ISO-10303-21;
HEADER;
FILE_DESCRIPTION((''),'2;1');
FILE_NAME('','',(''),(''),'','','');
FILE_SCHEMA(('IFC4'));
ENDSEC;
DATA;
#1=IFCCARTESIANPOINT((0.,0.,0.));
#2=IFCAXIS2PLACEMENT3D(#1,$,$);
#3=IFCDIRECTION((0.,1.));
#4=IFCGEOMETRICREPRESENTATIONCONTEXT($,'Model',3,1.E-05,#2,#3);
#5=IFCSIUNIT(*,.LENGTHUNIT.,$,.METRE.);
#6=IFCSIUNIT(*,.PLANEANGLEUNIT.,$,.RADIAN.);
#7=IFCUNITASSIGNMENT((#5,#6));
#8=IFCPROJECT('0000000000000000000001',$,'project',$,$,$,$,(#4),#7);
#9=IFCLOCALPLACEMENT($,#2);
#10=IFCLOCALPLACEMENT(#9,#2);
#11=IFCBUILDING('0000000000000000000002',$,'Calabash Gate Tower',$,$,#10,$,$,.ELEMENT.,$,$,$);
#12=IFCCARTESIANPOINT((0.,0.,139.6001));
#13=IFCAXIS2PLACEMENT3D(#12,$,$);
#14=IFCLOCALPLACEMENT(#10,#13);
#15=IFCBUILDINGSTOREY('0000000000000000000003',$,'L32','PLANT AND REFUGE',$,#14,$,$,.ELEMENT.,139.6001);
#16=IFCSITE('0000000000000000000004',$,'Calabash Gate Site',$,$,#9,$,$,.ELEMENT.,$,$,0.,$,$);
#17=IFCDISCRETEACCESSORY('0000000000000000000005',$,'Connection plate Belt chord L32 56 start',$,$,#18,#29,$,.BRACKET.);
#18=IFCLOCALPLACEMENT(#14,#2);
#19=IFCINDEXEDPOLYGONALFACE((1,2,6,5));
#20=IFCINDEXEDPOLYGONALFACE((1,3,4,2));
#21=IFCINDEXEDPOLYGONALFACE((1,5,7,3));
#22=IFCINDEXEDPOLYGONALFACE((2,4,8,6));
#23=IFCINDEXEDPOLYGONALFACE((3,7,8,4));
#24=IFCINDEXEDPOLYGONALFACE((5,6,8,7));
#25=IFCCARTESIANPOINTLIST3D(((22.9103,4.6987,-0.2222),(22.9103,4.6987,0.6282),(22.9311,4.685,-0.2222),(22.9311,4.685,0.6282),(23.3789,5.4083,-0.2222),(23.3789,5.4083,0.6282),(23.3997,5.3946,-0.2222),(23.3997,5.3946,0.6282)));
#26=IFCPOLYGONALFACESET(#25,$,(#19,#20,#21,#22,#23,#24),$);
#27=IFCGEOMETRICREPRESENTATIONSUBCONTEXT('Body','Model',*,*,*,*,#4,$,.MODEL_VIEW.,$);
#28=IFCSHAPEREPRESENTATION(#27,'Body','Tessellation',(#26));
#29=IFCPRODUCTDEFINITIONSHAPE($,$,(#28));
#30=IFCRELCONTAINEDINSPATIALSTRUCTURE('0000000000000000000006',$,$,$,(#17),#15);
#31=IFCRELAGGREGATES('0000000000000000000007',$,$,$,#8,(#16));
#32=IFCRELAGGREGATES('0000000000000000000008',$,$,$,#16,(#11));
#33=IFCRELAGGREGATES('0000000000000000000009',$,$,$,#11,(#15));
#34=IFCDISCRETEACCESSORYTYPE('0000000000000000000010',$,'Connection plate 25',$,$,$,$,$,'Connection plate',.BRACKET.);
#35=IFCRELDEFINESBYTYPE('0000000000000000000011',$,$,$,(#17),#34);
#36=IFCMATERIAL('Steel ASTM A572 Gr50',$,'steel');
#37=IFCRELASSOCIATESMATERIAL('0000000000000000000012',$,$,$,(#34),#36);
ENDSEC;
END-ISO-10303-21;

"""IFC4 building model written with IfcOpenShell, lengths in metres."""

from ifc_helpers import new_model, si_unit, direction, frame, origin, origin_2d, place, context, subcontext, project, spatial, rectangle, extrude, material, type_object, element, save


model = new_model("IFC4")

# Units and contexts
model_context = context("Model", 3, precision=1e-05, world=origin(), true_north=direction((0.0, 1.0)))
body_context = subcontext(model_context, "Body", "Model", "MODEL_VIEW")
ifc_project = project(units=[si_unit("LENGTHUNIT", "METRE"), si_unit("PLANEANGLEUNIT", "RADIAN")], contexts=[model_context])

# Site, building, storey
site_placement = place(None, origin())
site = spatial("IfcSite", under=ifc_project, at=site_placement, Name="Calabash Gate Site", CompositionType="ELEMENT", RefElevation=0.0)
building_placement = place(site_placement, origin())
building = spatial("IfcBuilding", under=site, at=building_placement, Name="Calabash Gate Tower", CompositionType="ELEMENT")
storey_placement = place(building_placement, frame((0.0, 0.0, 139.6001)))
storey = spatial("IfcBuildingStorey", under=building, at=storey_placement, Name="L32", Description="PLANT AND REFUGE", CompositionType="ELEMENT", Elevation=139.6001)

# Discrete accessory
ifc_material_1 = material(Name="Steel ASTM A572 Gr50", Category="steel")
discrete_accessory_type = type_object("IfcDiscreteAccessoryType", Name="Connection plate 25", ElementType="Connection plate", PredefinedType="BRACKET", material=ifc_material_1)
discrete_accessory_placement = place(storey_placement, frame((23.155, 5.0466, -0.2222), z_axis=(0.0, 0.0, 1.0), x_axis=(0.55106, 0.834466, 0.0)))
element("IfcDiscreteAccessory", 1, at=discrete_accessory_placement, inside=storey, type_object=discrete_accessory_type, Name="Connection plate Belt chord L32 56 start", PredefinedType="BRACKET", context=body_context, shape_type="SweptSolid", body=[
    extrude(rectangle(XDim=0.8503, YDim=0.0249, at=origin_2d()), origin(), (0.0, 0.0, 1.0), 0.8503),
])

save(model, "model.ifc")
